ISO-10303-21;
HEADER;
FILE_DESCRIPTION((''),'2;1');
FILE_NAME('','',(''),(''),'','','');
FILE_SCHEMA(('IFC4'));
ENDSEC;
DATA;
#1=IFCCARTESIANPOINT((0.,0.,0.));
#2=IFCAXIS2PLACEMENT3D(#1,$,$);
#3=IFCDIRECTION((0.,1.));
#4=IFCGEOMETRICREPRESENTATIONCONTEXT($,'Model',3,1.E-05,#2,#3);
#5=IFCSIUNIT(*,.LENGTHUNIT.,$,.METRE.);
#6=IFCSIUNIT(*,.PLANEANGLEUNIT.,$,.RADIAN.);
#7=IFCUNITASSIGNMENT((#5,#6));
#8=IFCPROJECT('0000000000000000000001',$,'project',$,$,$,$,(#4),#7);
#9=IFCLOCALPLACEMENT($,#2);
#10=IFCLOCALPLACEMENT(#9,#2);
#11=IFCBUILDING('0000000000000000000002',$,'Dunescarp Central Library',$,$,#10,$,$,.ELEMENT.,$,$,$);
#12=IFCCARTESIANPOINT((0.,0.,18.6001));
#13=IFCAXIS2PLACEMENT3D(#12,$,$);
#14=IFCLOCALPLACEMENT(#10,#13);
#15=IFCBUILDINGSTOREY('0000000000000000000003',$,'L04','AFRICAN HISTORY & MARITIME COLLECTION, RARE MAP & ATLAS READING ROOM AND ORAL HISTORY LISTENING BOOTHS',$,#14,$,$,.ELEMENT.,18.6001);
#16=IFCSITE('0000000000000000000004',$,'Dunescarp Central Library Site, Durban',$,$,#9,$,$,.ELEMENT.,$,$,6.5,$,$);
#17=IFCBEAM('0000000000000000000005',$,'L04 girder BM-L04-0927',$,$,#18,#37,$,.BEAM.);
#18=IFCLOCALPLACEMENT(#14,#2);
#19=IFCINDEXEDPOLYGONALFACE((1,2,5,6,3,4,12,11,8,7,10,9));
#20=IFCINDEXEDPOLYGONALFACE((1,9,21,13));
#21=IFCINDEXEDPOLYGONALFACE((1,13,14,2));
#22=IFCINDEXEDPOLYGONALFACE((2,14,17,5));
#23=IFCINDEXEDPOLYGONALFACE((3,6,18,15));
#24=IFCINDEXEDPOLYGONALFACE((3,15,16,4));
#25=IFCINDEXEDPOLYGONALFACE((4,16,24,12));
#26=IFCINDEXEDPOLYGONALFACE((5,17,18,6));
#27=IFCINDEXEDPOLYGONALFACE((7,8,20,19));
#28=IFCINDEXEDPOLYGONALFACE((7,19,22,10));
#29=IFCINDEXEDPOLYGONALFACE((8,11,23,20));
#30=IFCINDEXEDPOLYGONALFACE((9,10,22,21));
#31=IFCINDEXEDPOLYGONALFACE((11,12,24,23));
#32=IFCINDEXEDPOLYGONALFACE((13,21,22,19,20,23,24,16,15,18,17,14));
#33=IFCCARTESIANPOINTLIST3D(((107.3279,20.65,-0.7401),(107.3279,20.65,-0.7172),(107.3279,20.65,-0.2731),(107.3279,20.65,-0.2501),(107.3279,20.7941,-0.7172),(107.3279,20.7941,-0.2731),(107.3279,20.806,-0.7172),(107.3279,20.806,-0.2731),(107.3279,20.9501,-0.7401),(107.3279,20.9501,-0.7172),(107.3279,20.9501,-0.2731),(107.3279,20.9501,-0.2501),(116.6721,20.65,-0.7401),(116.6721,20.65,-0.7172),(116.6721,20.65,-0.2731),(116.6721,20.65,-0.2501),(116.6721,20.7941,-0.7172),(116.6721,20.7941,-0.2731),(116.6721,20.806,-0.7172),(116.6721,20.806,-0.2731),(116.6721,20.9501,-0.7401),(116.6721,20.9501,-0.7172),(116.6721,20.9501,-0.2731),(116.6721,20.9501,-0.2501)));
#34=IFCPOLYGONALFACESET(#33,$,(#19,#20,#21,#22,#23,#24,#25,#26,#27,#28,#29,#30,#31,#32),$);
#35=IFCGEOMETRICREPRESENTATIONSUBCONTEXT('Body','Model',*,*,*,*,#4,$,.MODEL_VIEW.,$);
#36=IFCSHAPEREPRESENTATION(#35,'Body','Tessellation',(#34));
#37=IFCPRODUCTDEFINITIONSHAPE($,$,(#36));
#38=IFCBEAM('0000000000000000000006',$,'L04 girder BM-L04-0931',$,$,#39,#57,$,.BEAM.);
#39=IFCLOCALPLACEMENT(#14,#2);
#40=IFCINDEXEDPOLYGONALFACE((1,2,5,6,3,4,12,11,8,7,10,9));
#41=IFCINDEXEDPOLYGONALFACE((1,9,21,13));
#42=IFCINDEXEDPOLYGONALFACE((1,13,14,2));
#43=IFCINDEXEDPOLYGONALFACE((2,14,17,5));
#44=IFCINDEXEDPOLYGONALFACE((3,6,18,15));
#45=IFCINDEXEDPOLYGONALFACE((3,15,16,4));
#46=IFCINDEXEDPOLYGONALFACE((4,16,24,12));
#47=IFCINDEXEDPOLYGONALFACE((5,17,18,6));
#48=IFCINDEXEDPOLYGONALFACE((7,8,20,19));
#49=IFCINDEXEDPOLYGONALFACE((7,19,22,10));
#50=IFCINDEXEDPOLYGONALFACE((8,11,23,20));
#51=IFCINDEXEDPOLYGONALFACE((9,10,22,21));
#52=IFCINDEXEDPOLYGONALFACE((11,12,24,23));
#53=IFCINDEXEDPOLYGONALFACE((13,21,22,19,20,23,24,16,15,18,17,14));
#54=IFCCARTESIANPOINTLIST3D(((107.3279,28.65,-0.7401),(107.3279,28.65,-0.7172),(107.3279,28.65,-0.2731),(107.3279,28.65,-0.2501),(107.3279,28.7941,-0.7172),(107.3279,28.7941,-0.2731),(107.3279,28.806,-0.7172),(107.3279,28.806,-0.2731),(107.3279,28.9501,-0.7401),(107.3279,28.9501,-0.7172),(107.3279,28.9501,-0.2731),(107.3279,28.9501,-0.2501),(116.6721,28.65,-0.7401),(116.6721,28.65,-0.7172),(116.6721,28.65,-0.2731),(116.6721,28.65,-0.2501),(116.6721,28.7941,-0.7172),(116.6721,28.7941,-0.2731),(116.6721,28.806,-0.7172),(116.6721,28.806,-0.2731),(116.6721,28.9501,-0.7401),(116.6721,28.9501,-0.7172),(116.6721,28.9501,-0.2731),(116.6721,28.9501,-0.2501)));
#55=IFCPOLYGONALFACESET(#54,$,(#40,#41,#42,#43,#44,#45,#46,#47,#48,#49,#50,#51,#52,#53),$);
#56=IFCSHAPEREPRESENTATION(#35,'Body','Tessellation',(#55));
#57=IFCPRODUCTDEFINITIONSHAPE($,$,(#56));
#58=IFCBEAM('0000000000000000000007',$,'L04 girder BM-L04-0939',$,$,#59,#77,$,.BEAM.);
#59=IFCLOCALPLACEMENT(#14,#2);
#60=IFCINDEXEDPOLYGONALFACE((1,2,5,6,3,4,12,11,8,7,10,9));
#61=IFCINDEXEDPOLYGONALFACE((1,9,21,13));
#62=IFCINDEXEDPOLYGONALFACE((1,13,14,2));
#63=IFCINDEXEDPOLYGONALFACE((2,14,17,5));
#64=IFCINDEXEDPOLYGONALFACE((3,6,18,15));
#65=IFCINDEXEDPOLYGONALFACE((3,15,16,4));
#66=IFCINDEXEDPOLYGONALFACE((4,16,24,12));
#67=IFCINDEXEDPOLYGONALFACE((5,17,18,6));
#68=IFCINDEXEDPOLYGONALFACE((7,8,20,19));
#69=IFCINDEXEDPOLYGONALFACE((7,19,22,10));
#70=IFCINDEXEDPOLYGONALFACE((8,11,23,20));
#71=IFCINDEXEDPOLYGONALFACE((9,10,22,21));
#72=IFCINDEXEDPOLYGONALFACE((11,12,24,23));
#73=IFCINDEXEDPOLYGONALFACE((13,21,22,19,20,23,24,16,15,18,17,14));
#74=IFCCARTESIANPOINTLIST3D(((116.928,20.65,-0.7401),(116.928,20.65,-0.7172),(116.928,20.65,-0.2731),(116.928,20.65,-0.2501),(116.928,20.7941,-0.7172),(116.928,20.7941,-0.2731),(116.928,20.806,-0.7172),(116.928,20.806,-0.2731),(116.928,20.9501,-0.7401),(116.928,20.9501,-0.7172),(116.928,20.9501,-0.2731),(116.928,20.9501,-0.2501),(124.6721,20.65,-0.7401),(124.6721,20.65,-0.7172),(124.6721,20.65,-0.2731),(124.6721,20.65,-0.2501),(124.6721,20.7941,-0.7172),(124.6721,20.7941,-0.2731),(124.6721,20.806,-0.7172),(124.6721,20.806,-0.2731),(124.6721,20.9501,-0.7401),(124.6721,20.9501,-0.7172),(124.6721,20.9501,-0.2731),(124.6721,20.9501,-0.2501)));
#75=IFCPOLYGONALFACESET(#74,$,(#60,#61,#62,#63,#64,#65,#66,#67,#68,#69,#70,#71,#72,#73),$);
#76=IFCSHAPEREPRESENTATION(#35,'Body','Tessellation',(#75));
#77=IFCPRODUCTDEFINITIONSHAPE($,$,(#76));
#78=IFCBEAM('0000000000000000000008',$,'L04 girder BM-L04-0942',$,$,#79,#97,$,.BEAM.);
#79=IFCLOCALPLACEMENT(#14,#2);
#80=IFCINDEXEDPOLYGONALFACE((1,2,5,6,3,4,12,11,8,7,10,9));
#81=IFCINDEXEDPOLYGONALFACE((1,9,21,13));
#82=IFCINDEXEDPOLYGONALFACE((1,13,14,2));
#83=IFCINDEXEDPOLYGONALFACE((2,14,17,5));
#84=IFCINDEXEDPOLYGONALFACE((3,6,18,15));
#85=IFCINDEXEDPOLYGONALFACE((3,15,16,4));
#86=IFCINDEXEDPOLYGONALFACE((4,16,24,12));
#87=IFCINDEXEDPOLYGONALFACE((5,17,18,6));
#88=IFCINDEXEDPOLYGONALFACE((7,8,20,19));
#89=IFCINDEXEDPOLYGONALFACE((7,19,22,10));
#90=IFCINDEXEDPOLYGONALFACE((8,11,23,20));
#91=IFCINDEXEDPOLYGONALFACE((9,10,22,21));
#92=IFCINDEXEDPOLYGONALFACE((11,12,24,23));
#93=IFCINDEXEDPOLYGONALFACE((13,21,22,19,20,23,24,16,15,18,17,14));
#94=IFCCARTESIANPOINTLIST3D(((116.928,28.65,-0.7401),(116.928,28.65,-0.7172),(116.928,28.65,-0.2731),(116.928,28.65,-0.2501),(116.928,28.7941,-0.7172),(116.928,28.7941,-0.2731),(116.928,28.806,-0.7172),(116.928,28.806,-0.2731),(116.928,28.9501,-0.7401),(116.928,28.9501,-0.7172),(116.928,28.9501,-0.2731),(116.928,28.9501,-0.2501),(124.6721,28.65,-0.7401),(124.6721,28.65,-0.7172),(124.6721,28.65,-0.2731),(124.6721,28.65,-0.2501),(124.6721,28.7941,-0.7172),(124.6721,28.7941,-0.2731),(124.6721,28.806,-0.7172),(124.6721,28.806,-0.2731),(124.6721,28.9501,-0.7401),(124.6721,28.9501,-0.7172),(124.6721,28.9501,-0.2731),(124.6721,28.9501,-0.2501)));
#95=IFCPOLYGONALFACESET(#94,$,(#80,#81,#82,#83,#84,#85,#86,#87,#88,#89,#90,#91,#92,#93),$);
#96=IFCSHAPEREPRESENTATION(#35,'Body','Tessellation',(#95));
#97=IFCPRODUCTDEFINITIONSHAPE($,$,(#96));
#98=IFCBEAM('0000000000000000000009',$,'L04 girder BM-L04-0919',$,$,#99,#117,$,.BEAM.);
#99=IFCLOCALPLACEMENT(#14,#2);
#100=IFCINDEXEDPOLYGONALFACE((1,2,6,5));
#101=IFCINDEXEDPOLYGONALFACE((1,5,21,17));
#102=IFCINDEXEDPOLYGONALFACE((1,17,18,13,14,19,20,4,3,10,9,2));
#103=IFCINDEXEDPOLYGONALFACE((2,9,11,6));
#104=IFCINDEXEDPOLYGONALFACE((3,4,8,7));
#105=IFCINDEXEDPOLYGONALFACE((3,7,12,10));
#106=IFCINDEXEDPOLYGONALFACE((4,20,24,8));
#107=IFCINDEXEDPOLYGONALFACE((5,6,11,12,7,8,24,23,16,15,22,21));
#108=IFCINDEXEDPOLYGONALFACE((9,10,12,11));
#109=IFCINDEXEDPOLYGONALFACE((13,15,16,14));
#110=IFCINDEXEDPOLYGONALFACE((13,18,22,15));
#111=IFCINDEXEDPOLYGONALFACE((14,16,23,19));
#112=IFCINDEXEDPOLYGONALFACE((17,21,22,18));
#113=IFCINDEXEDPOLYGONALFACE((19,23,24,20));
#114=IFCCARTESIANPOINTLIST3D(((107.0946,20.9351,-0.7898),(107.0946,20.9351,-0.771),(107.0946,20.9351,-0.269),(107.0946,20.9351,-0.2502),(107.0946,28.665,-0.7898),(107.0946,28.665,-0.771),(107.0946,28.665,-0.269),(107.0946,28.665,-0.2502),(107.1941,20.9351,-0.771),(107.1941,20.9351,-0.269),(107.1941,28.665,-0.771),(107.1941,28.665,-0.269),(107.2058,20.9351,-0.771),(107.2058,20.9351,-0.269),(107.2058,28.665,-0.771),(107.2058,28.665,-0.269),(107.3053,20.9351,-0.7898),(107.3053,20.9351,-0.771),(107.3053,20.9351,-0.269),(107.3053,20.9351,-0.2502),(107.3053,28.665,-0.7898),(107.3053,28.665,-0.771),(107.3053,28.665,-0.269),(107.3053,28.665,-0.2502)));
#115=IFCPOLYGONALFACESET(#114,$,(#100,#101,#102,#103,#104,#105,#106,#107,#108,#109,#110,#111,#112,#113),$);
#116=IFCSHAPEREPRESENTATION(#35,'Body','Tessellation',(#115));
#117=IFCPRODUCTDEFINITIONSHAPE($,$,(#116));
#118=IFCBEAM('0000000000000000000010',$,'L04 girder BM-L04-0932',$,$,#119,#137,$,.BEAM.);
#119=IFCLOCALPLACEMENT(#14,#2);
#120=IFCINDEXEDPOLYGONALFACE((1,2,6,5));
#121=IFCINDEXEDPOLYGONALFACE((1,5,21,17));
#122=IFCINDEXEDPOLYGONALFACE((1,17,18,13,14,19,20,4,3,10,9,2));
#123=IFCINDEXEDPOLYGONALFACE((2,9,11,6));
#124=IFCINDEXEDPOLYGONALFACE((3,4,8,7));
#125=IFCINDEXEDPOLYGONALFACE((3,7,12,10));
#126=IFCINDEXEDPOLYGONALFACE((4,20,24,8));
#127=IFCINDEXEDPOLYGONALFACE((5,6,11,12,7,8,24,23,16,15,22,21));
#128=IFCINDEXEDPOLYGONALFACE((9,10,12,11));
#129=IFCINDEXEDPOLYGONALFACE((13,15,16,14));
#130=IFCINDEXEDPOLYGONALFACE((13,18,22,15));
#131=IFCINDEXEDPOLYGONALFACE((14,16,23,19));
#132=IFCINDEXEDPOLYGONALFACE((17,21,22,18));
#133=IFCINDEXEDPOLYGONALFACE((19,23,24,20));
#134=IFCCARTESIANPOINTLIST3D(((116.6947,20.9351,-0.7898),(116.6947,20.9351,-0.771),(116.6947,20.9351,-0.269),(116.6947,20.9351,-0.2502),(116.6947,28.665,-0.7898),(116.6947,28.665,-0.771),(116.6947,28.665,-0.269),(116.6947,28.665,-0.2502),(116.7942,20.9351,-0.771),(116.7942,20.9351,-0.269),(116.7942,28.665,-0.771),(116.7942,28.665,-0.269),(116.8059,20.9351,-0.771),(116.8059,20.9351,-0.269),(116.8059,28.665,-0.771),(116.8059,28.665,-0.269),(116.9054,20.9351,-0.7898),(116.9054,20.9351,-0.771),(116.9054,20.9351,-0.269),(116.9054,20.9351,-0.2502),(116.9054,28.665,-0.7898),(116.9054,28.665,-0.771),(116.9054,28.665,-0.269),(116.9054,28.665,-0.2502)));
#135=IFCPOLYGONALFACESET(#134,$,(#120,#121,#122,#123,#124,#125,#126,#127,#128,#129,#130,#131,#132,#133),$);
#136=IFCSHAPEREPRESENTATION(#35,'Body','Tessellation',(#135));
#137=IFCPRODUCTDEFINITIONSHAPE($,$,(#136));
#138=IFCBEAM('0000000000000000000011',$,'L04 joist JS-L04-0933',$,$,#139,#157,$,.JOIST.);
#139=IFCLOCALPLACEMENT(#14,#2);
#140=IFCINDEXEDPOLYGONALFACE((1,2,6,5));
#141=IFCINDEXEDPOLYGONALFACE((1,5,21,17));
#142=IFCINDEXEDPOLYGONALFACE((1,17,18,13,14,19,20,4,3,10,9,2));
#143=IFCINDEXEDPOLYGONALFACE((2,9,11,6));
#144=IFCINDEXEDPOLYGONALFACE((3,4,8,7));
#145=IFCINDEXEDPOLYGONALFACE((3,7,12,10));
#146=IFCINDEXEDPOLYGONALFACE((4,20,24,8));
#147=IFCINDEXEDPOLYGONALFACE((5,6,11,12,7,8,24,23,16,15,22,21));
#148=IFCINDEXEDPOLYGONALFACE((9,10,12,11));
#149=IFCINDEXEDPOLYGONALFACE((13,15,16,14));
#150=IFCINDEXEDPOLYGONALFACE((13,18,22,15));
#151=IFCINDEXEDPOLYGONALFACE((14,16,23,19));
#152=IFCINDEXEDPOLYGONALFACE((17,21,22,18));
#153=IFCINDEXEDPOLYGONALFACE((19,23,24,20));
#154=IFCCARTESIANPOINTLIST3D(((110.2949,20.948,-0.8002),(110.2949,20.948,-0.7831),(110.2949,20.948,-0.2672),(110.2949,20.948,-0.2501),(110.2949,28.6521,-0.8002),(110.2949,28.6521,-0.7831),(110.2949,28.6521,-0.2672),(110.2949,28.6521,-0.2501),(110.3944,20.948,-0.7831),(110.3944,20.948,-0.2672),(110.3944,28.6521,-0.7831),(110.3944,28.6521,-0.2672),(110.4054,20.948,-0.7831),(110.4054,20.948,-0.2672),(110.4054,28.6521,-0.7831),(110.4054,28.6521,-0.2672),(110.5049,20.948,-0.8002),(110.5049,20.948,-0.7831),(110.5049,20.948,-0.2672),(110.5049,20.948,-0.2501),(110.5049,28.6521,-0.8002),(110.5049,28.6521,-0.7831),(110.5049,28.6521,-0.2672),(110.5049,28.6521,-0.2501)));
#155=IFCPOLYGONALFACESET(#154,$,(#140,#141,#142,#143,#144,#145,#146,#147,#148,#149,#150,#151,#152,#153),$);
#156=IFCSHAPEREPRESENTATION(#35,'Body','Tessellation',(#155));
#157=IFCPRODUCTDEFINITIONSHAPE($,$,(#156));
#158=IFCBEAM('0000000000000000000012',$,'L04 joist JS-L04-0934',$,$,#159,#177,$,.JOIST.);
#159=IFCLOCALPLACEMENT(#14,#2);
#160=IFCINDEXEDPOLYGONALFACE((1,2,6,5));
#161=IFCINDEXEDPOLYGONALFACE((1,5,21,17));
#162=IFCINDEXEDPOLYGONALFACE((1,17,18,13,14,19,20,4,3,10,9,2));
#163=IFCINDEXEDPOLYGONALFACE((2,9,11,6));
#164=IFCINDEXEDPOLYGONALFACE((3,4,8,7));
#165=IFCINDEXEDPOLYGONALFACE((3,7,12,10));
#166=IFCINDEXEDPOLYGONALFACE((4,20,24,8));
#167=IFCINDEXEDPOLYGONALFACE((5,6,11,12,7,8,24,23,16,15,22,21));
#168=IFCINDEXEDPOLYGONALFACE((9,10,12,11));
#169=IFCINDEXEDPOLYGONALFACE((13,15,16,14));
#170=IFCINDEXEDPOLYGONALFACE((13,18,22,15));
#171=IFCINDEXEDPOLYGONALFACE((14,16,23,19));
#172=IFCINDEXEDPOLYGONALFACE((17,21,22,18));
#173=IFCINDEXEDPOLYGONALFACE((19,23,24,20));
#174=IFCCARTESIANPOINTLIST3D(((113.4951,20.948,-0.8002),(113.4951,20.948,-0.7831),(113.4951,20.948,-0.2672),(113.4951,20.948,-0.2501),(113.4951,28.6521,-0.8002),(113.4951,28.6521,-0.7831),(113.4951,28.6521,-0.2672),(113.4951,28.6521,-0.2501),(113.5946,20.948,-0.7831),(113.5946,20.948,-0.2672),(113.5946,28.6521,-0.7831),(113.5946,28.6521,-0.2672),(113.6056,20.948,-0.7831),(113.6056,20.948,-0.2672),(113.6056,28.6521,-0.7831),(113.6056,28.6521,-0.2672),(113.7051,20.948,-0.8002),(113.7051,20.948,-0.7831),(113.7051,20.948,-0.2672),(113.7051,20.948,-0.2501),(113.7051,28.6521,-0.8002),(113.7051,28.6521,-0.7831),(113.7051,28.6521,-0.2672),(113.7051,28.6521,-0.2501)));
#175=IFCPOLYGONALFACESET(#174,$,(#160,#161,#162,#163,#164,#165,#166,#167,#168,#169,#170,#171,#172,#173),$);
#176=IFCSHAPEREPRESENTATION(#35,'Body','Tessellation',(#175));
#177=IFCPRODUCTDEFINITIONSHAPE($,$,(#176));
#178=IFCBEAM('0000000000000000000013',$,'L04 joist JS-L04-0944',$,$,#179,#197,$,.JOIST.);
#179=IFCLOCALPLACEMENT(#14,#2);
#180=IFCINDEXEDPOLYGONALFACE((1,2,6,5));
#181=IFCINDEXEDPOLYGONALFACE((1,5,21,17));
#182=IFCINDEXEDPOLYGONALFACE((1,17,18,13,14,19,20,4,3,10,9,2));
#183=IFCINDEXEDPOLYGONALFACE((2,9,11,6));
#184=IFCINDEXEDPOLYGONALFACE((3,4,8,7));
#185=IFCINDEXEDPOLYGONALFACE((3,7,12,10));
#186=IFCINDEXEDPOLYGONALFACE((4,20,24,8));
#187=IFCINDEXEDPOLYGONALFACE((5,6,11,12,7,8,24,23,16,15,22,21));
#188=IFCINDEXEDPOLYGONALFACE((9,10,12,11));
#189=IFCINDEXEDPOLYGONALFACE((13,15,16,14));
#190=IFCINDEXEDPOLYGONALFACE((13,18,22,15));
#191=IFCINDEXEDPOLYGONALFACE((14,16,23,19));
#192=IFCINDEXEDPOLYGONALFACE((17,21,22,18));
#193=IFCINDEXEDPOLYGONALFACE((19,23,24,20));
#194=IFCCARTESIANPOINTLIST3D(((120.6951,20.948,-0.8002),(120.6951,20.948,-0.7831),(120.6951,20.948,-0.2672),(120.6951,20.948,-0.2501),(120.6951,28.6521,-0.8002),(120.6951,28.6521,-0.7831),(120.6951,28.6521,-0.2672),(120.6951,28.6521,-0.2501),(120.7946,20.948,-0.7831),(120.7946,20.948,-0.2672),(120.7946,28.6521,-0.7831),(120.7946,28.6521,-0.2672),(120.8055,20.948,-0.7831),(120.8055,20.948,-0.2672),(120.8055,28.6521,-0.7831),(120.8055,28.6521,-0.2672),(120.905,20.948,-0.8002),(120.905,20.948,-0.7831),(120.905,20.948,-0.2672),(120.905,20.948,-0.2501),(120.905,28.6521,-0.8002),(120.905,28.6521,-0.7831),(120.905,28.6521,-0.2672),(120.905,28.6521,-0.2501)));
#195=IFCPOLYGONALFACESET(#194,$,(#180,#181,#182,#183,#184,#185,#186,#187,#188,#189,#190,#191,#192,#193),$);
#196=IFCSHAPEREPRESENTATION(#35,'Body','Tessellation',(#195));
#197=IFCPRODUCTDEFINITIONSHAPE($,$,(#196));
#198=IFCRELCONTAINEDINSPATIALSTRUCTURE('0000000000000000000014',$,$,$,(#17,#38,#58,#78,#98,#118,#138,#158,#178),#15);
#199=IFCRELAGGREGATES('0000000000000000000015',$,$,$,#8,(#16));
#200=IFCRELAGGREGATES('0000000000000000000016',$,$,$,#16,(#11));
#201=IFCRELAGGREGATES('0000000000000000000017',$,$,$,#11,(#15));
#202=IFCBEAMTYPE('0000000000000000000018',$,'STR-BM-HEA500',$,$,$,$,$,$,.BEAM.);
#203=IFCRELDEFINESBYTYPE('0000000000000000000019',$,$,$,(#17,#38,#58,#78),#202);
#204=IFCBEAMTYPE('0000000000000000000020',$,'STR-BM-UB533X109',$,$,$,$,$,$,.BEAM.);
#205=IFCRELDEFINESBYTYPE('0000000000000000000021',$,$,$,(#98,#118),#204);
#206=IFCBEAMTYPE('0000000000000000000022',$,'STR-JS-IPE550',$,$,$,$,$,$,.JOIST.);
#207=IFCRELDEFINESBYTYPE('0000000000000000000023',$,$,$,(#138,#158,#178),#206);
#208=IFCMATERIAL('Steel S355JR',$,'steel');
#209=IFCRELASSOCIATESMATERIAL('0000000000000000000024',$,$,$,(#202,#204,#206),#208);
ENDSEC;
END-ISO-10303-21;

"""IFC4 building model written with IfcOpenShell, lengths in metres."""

from ifc_helpers import new_model, si_unit, direction, frame, origin, origin_2d, place, context, subcontext, project, spatial, i_section, extrude, material, material_profile, profile_set, type_object, element, save


model = new_model("IFC4")

# Units and contexts
model_context = context("Model", 3, precision=1e-05, world=origin(), true_north=direction((0.0, 1.0)))
body_context = subcontext(model_context, "Body", "Model", "MODEL_VIEW")
ifc_project = project(units=[si_unit("LENGTHUNIT", "METRE"), si_unit("PLANEANGLEUNIT", "RADIAN")], contexts=[model_context])

# Site, building, storey
site_placement = place(None, origin())
site = spatial("IfcSite", under=ifc_project, at=site_placement, Name="Dunescarp Central Library Site, Durban", CompositionType="ELEMENT", RefElevation=6.5)
building_placement = place(site_placement, origin())
building = spatial("IfcBuilding", under=site, at=building_placement, Name="Dunescarp Central Library", CompositionType="ELEMENT")
storey_placement = place(building_placement, frame((0.0, 0.0, 18.6001)))
storey = spatial("IfcBuildingStorey", under=building, at=storey_placement, Name="L04", Description="AFRICAN HISTORY & MARITIME COLLECTION, RARE MAP & ATLAS READING ROOM AND ORAL HISTORY LISTENING BOOTHS", CompositionType="ELEMENT", Elevation=18.6001)

# Shared definitions
ifc_material_1 = material(Name="Steel S355JR", Category="steel")

# Beams
ifc_material_profile_1 = material_profile(ifc_material_1, i_section(OverallWidth=0.3, OverallDepth=0.49, WebThickness=0.012, FlangeThickness=0.0229, at=origin_2d()), Name="HEA 500")
ifc_profile_set_1 = profile_set([ifc_material_profile_1], Name="Steel S355JR")
beam_type_1 = type_object("IfcBeamType", Name="STR-BM-HEA500", PredefinedType="BEAM", material=ifc_profile_set_1)
for number, where, z_axis, x_axis, name in (
    (1, (107.3279, 20.8, -0.4951), (1.0, 0.0, 0.0), (0.0, 1.0, 0.0), "L04 girder BM-L04-0927"),
    (2, (107.3279, 28.8, -0.4951), (1.0, 0.0, 0.0), (0.0, 1.0, 0.0), "L04 girder BM-L04-0931"),
):
    element("IfcBeam", number, at=place(storey_placement, frame(where, z_axis=z_axis, x_axis=x_axis)), inside=storey, type_object=beam_type_1, Name=name, PredefinedType="BEAM", context=body_context, shape_type="SweptSolid", body=[
        extrude(i_section(OverallWidth=0.3, OverallDepth=0.49, WebThickness=0.012, FlangeThickness=0.0229, at=origin_2d()), origin(), (0.0, 0.0, 1.0), 9.3442),
    ])
for number, where, z_axis, x_axis, name in (
    (3, (116.928, 20.8, -0.4951), (1.0, 0.0, 0.0), (0.0, 1.0, 0.0), "L04 girder BM-L04-0939"),
    (4, (116.928, 28.8, -0.4951), (1.0, 0.0, 0.0), (0.0, 1.0, 0.0), "L04 girder BM-L04-0942"),
):
    element("IfcBeam", number, at=place(storey_placement, frame(where, z_axis=z_axis, x_axis=x_axis)), inside=storey, type_object=beam_type_1, Name=name, PredefinedType="BEAM", context=body_context, shape_type="SweptSolid", body=[
        extrude(i_section(OverallWidth=0.3, OverallDepth=0.49, WebThickness=0.012, FlangeThickness=0.0229, at=origin_2d()), origin(), (0.0, 0.0, 1.0), 7.7441),
    ])
ifc_material_profile_2 = material_profile(ifc_material_1, i_section(OverallWidth=0.2107, OverallDepth=0.5396, WebThickness=0.0117, FlangeThickness=0.0188, at=origin_2d()), Name="UB 533x210x109")
ifc_profile_set_2 = profile_set([ifc_material_profile_2], Name="Steel S355JR")
beam_type_2 = type_object("IfcBeamType", Name="STR-BM-UB533X109", PredefinedType="BEAM", material=ifc_profile_set_2)
for number, where, z_axis, x_axis, name in (
    (5, (107.2, 20.9351, -0.52), (0.0, 1.0, 0.0), (-1.0, 0.0, 0.0), "L04 girder BM-L04-0919"),
    (6, (116.8, 20.9351, -0.52), (0.0, 1.0, 0.0), (-1.0, 0.0, 0.0), "L04 girder BM-L04-0932"),
):
    element("IfcBeam", number, at=place(storey_placement, frame(where, z_axis=z_axis, x_axis=x_axis)), inside=storey, type_object=beam_type_2, Name=name, PredefinedType="BEAM", context=body_context, shape_type="SweptSolid", body=[
        extrude(i_section(OverallWidth=0.2107, OverallDepth=0.5396, WebThickness=0.0117, FlangeThickness=0.0188, at=origin_2d()), origin(), (0.0, 0.0, 1.0), 7.73),
    ])
ifc_material_profile_3 = material_profile(ifc_material_1, i_section(OverallWidth=0.21, OverallDepth=0.55, WebThickness=0.011, FlangeThickness=0.0171, at=origin_2d()), Name="IPE 550")
ifc_profile_set_3 = profile_set([ifc_material_profile_3], Name="Steel S355JR")
beam_type_3 = type_object("IfcBeamType", Name="STR-JS-IPE550", PredefinedType="JOIST", material=ifc_profile_set_3)
for number, where, z_axis, x_axis, name in (
    (7, (110.3999, 20.948, -0.5251), (0.0, 1.0, 0.0), (-1.0, 0.0, 0.0), "L04 joist JS-L04-0933"),
    (8, (113.6001, 20.948, -0.5251), (0.0, 1.0, 0.0), (-1.0, 0.0, 0.0), "L04 joist JS-L04-0934"),
    (9, (120.8, 20.948, -0.5251), (0.0, 1.0, 0.0), (-1.0, 0.0, 0.0), "L04 joist JS-L04-0944"),
):
    element("IfcBeam", number, at=place(storey_placement, frame(where, z_axis=z_axis, x_axis=x_axis)), inside=storey, type_object=beam_type_3, Name=name, PredefinedType="JOIST", context=body_context, shape_type="SweptSolid", body=[
        extrude(i_section(OverallWidth=0.21, OverallDepth=0.55, WebThickness=0.011, FlangeThickness=0.0171, at=origin_2d()), origin(), (0.0, 0.0, 1.0), 7.7041),
    ])

save(model, "model.ifc")
